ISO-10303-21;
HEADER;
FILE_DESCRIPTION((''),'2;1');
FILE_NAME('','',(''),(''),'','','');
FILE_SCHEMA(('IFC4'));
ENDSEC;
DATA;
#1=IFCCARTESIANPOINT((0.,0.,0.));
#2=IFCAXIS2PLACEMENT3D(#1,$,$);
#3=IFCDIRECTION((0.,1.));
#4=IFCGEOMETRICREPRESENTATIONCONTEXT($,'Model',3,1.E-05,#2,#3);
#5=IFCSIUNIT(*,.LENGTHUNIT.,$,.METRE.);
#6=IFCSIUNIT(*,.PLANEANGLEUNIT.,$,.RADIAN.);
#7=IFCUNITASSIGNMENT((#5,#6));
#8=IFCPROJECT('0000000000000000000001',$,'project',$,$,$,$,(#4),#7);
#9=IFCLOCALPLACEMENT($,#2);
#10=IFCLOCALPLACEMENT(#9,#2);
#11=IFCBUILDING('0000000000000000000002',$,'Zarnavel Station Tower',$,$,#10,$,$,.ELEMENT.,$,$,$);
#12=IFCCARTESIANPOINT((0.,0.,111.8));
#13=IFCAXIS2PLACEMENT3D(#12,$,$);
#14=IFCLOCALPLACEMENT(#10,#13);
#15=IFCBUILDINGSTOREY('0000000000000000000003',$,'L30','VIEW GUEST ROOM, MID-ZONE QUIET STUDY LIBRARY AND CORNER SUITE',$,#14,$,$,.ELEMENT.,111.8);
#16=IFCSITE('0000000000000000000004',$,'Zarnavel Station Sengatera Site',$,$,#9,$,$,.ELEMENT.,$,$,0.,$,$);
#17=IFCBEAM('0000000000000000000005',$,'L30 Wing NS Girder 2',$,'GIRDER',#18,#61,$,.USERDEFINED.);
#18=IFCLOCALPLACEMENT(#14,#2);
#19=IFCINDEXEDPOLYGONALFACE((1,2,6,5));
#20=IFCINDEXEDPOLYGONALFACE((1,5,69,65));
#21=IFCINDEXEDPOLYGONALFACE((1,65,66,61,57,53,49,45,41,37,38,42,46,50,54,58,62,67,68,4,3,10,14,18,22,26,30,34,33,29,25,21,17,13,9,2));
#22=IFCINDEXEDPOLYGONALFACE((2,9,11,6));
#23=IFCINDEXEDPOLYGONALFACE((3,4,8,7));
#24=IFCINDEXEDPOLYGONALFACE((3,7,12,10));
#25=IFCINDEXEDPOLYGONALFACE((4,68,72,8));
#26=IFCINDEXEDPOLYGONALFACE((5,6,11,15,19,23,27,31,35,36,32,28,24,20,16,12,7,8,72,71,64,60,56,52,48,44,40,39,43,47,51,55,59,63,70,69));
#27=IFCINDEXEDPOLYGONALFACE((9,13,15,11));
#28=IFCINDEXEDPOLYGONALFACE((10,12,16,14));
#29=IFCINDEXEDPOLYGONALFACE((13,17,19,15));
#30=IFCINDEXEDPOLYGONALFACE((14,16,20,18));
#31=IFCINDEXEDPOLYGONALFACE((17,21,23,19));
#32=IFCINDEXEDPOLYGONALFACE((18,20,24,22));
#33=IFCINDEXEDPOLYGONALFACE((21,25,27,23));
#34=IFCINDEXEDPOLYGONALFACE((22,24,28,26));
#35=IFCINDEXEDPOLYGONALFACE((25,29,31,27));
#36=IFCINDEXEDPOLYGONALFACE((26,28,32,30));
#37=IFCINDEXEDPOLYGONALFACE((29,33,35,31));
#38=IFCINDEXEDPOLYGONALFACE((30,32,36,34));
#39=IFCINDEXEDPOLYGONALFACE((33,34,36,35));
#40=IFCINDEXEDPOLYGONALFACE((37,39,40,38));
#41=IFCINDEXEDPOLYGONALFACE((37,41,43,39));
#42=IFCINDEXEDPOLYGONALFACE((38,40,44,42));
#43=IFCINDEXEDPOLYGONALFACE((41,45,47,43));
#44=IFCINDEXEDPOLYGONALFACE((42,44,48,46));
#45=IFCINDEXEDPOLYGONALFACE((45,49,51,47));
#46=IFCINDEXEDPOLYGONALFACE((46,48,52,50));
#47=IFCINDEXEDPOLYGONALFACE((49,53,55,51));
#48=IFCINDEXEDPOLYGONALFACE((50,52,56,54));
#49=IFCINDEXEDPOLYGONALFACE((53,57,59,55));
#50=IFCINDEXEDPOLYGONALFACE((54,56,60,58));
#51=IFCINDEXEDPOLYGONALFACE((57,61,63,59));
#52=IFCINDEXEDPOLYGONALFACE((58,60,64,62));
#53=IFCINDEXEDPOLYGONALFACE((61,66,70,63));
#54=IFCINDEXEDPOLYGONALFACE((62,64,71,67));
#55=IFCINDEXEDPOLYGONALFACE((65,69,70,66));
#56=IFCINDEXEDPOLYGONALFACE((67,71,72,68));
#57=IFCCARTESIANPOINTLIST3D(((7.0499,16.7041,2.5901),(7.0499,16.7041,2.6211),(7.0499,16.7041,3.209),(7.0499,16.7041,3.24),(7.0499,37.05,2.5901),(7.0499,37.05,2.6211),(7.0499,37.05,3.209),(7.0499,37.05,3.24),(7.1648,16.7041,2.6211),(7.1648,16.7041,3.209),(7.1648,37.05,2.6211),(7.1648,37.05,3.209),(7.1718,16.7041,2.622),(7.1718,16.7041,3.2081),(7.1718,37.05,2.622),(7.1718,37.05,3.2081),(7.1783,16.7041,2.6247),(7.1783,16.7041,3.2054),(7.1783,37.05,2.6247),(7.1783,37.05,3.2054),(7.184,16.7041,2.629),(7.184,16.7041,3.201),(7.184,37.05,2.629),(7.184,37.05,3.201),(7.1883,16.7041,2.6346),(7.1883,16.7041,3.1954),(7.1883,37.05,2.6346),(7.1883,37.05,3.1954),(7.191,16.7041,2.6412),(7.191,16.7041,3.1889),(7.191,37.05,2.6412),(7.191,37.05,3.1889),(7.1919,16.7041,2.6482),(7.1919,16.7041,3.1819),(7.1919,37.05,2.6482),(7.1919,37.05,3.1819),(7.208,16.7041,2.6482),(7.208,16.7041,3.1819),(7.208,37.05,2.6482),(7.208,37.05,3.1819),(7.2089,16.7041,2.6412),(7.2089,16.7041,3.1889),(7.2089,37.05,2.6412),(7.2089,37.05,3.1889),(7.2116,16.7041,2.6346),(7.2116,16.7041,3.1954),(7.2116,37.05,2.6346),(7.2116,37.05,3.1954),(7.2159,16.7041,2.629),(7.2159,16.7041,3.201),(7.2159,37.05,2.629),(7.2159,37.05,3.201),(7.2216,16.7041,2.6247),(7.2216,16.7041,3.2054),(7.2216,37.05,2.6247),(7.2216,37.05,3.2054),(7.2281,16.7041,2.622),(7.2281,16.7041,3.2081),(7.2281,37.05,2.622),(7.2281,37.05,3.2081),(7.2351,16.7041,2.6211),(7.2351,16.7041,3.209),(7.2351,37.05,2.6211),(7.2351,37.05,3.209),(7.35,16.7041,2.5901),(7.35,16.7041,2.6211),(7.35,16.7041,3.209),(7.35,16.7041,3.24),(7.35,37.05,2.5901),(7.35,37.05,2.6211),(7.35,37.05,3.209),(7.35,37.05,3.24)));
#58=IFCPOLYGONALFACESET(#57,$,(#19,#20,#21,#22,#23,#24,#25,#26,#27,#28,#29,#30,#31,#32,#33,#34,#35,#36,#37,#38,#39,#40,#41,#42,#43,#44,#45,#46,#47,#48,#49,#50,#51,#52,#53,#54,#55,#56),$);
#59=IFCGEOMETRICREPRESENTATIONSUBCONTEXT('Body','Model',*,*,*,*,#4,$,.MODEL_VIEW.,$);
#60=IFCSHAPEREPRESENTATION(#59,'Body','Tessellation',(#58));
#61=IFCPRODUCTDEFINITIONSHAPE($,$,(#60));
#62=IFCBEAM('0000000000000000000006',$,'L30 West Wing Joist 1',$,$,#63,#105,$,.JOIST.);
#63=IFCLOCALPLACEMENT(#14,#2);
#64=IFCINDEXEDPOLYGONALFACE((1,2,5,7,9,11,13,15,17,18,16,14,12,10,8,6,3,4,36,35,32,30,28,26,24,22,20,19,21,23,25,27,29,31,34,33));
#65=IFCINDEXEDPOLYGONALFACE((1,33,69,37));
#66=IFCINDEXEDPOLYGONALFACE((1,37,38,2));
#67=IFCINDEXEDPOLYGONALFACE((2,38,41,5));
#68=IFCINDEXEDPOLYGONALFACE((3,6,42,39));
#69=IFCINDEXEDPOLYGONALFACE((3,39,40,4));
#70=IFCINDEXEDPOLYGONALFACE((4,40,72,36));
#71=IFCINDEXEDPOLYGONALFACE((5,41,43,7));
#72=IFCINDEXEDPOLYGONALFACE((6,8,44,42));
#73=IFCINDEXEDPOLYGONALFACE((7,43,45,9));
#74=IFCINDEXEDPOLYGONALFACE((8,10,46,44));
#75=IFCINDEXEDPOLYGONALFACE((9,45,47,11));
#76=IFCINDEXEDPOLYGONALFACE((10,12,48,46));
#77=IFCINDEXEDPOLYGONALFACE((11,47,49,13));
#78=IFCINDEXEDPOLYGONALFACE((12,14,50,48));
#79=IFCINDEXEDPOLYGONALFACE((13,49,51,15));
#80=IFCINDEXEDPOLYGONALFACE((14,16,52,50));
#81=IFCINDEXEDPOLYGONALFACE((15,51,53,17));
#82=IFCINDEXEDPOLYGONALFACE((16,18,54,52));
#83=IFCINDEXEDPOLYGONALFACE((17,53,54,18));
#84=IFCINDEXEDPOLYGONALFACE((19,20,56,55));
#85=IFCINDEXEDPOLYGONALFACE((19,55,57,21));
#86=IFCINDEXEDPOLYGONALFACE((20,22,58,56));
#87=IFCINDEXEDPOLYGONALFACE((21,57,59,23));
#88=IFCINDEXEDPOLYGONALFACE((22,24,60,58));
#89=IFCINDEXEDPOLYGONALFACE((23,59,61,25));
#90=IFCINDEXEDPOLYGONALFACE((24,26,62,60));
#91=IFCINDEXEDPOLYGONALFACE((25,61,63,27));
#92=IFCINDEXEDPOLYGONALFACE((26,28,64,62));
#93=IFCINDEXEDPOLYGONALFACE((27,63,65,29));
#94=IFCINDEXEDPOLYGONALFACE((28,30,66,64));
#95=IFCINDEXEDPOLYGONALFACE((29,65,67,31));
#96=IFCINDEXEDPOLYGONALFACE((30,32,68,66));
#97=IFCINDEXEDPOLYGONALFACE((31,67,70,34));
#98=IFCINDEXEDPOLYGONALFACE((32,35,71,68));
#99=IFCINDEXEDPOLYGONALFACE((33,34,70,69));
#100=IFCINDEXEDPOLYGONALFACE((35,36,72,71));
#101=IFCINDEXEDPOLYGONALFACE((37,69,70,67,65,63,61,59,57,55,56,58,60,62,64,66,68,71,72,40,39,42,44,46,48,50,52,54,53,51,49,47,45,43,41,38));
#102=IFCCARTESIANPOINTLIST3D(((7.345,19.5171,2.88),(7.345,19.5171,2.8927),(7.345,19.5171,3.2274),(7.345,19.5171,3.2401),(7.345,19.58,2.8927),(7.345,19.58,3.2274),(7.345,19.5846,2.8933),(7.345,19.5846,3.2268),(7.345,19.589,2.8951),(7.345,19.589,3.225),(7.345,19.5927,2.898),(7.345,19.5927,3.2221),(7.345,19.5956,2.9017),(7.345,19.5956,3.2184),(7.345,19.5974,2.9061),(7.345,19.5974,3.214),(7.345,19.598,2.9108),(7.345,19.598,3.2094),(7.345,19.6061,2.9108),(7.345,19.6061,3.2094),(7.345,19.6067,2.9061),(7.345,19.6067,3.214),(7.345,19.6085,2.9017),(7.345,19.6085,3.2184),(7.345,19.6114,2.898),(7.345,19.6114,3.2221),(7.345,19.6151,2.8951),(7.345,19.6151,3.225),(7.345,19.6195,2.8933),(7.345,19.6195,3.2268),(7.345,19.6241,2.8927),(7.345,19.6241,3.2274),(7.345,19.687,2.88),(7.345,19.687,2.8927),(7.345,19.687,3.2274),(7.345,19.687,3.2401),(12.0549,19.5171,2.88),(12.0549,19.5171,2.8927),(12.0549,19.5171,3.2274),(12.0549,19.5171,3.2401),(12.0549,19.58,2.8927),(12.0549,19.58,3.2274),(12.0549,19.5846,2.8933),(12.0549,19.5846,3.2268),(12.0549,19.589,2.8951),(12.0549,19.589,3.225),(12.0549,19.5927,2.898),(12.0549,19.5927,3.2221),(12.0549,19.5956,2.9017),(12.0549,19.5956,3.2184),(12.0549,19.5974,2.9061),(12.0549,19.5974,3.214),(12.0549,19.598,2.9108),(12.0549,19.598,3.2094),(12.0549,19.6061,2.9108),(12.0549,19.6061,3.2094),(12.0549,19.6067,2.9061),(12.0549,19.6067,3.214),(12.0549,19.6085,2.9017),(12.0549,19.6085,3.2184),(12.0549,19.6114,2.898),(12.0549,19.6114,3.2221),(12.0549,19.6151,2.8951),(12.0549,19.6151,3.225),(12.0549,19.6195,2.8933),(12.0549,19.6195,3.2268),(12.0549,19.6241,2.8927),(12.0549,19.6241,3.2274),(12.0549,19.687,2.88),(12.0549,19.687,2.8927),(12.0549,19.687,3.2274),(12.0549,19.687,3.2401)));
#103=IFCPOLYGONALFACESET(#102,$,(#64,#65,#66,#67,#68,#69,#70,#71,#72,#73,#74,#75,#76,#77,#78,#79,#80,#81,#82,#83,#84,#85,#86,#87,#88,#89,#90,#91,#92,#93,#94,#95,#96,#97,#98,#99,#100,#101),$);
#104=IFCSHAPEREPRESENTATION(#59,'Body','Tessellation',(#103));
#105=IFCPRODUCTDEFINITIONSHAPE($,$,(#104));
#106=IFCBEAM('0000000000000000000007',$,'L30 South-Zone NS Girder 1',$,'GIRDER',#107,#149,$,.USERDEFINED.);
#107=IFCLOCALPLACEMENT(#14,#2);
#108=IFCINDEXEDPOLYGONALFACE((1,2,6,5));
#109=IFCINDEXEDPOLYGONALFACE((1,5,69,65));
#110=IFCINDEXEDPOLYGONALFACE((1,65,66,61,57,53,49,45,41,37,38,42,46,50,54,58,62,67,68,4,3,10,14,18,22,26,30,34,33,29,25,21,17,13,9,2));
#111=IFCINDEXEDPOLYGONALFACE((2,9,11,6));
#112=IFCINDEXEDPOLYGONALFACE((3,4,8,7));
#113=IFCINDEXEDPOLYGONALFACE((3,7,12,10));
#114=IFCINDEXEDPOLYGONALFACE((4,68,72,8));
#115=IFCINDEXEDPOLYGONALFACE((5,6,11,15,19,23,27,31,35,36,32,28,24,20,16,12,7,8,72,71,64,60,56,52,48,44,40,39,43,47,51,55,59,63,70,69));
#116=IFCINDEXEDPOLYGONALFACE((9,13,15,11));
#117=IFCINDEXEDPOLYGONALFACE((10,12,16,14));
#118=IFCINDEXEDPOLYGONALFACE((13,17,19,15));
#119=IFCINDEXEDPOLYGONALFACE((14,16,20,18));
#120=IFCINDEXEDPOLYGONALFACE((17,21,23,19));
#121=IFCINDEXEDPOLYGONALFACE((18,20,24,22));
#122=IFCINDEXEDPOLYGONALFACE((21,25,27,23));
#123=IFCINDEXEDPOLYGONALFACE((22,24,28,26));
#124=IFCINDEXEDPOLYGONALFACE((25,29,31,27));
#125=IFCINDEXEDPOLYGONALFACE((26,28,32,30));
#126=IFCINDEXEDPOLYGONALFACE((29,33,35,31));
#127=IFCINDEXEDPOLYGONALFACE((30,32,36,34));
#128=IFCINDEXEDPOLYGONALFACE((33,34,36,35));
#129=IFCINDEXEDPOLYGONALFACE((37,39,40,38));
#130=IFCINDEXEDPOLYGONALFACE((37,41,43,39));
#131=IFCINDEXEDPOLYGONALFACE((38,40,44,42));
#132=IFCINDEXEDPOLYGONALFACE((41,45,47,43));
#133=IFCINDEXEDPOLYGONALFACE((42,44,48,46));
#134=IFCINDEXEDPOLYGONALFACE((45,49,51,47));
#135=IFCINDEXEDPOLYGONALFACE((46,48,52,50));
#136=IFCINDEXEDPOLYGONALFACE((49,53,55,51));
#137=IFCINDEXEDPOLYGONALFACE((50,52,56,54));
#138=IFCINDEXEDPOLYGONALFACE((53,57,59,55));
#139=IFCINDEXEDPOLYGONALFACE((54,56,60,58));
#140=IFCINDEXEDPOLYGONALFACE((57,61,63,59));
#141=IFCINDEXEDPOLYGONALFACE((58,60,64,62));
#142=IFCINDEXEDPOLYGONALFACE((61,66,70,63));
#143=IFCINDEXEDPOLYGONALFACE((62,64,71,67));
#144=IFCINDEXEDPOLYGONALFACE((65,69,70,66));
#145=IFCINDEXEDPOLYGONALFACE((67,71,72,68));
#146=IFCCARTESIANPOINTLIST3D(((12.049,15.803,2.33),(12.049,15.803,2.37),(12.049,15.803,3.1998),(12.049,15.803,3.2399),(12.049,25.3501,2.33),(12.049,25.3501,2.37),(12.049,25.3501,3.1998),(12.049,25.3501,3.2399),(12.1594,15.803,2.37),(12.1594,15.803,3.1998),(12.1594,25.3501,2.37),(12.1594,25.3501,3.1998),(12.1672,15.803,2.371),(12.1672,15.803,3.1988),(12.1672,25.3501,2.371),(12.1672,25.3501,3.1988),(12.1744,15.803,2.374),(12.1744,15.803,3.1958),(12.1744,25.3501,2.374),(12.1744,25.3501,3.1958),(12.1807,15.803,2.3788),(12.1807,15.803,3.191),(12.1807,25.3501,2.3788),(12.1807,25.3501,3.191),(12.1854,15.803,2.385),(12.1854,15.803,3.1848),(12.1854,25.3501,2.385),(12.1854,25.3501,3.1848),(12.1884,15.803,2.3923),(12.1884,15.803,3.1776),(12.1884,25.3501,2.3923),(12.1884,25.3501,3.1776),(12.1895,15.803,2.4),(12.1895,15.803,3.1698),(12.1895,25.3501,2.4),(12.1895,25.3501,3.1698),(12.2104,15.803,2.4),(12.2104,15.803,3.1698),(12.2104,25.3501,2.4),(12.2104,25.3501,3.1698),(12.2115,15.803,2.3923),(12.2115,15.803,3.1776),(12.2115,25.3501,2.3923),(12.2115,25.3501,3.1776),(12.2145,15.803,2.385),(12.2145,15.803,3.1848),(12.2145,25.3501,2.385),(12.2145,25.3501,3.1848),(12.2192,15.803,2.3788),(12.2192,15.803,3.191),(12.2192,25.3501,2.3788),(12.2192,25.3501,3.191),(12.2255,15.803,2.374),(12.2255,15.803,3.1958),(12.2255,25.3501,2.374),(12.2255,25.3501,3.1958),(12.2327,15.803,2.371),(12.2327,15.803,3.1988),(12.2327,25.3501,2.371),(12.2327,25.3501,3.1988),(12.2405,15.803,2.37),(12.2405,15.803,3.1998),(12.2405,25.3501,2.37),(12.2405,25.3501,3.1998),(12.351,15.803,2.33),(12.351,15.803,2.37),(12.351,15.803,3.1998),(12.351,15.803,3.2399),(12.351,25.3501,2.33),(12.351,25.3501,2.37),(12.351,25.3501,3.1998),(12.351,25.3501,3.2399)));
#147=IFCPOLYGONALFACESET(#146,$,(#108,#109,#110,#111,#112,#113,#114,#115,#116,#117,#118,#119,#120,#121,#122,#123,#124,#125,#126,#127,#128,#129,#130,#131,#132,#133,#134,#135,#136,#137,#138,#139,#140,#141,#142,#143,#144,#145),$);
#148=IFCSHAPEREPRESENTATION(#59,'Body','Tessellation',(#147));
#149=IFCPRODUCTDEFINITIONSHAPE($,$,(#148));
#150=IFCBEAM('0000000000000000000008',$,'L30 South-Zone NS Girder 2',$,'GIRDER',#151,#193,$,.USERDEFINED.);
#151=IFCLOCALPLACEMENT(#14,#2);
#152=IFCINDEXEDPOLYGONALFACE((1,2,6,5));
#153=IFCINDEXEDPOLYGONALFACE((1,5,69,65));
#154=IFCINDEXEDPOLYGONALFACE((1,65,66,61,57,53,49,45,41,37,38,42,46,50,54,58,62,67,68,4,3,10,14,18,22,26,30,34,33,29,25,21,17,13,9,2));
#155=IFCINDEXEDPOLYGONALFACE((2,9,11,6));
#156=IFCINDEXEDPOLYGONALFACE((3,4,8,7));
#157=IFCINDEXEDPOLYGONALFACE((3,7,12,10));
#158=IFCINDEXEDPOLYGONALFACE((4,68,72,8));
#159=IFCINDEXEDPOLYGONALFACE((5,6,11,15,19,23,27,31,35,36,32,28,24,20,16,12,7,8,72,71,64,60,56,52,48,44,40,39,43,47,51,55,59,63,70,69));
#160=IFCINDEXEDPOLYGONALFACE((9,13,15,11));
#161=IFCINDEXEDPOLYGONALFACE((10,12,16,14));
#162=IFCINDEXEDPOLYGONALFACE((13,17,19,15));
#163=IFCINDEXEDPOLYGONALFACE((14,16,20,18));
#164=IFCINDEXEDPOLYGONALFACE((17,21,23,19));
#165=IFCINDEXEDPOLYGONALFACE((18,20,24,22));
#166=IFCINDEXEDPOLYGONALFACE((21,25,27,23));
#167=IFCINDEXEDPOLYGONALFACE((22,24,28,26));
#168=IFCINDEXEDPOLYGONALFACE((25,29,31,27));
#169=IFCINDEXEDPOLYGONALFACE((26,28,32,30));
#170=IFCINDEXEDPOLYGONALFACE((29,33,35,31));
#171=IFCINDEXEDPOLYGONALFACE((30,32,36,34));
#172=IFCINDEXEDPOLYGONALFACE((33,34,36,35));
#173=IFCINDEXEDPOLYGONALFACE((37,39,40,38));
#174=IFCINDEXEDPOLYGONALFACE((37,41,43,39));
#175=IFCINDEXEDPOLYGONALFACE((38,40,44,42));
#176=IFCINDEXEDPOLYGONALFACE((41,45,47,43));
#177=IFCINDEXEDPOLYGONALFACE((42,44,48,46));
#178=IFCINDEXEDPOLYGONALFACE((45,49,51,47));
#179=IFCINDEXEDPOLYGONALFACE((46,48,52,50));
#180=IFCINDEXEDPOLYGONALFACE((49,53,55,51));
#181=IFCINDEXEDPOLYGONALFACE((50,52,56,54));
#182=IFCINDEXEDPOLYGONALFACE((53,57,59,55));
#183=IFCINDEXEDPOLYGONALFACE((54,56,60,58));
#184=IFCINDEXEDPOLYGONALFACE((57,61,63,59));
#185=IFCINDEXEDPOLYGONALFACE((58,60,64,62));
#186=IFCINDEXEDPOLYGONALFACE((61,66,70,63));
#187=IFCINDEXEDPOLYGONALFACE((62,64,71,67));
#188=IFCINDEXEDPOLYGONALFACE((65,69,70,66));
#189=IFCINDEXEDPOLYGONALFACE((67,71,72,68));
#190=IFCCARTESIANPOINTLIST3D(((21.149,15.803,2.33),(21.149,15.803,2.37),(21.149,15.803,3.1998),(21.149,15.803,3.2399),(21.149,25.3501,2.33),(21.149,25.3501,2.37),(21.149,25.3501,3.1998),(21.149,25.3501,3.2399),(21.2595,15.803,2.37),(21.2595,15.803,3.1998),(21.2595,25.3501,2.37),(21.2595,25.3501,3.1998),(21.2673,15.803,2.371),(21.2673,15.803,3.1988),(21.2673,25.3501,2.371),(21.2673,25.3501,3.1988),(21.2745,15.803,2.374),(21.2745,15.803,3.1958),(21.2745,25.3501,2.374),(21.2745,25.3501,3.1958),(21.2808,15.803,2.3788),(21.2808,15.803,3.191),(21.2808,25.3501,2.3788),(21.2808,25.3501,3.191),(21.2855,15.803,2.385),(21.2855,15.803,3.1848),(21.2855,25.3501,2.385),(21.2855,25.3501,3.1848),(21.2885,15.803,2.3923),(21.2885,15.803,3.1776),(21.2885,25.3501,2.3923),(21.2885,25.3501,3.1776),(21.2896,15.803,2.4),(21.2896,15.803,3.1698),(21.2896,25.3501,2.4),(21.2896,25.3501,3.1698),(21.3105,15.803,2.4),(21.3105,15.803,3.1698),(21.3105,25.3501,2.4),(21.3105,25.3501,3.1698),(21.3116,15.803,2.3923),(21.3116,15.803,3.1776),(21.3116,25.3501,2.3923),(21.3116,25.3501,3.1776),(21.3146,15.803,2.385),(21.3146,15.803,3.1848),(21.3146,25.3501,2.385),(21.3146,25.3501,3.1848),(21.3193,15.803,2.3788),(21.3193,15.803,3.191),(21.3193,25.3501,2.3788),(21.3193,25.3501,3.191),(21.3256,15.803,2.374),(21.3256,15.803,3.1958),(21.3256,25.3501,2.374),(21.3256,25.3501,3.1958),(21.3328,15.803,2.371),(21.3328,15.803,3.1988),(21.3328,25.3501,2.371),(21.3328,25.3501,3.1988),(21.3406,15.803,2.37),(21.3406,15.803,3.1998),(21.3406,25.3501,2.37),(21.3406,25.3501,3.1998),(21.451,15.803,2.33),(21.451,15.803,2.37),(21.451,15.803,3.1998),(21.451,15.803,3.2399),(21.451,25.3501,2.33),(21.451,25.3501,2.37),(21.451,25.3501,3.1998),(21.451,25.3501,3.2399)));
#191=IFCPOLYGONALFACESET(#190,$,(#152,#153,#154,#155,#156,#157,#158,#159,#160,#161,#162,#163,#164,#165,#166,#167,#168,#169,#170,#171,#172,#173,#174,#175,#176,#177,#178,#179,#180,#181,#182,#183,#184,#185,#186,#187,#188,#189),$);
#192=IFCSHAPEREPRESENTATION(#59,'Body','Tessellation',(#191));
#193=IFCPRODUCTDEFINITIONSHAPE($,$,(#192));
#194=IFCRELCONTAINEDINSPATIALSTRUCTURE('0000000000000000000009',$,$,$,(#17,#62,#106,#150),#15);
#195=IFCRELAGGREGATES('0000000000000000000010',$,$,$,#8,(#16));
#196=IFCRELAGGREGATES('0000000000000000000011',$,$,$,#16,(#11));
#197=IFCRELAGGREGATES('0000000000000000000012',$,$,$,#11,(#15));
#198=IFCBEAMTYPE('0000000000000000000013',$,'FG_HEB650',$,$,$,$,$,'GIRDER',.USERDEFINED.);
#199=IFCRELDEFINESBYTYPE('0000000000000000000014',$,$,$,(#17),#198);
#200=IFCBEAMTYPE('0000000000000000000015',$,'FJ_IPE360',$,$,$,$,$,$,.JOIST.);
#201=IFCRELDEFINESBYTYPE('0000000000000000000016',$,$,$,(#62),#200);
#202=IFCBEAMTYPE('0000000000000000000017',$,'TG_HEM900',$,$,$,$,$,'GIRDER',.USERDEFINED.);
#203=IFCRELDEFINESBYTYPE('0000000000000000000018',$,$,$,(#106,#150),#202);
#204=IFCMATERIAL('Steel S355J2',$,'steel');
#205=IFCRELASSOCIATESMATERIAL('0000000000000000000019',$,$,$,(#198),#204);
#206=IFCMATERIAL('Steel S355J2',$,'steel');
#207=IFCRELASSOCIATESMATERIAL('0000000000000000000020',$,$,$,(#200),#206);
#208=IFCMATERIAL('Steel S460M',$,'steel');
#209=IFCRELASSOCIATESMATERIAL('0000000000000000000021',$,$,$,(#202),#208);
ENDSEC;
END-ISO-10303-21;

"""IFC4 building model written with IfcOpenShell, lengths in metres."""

from ifc_helpers import new_model, si_unit, direction, frame, origin, origin_2d, place, context, subcontext, project, spatial, i_section, extrude, material, material_profile, profile_set, type_object, element, save


model = new_model("IFC4")

# Units and contexts
model_context = context("Model", 3, precision=1e-05, world=origin(), true_north=direction((0.0, 1.0)))
body_context = subcontext(model_context, "Body", "Model", "MODEL_VIEW")
ifc_project = project(units=[si_unit("LENGTHUNIT", "METRE"), si_unit("PLANEANGLEUNIT", "RADIAN")], contexts=[model_context])

# Site, building, storey
site_placement = place(None, origin())
site = spatial("IfcSite", under=ifc_project, at=site_placement, Name="Zarnavel Station Sengatera Site", CompositionType="ELEMENT", RefElevation=0.0)
building_placement = place(site_placement, origin())
building = spatial("IfcBuilding", under=site, at=building_placement, Name="Zarnavel Station Tower", CompositionType="ELEMENT")
storey_placement = place(building_placement, frame((0.0, 0.0, 111.8)))
storey = spatial("IfcBuildingStorey", under=building, at=storey_placement, Name="L30", Description="VIEW GUEST ROOM, MID-ZONE QUIET STUDY LIBRARY AND CORNER SUITE", CompositionType="ELEMENT", Elevation=111.8)

# Beams
ifc_material_1 = material(Name="Steel S355J2", Category="steel")
ifc_material_profile_1 = material_profile(ifc_material_1, i_section(OverallWidth=0.3, OverallDepth=0.6499, WebThickness=0.0161, FlangeThickness=0.031, FilletRadius=0.0271, at=origin_2d()), Name="HEB650")
ifc_profile_set_1 = profile_set([ifc_material_profile_1], Name="Steel S355J2")
beam_type_1 = type_object("IfcBeamType", Name="FG_HEB650", ElementType="GIRDER", PredefinedType="USERDEFINED", material=ifc_profile_set_1)
beam_1_placement = place(storey_placement, frame((7.2, 16.7041, 2.915), z_axis=(0.0, 1.0, 0.0), x_axis=(-1.0, 0.0, 0.0)))
element("IfcBeam", 1, at=beam_1_placement, inside=storey, type_object=beam_type_1, Name="L30 Wing NS Girder 2", ObjectType="GIRDER", PredefinedType="USERDEFINED", context=body_context, shape_type="SweptSolid", body=[
    extrude(i_section(OverallWidth=0.3, OverallDepth=0.6499, WebThickness=0.0161, FlangeThickness=0.031, FilletRadius=0.0271, at=origin_2d()), origin(), (0.0, 0.0, 1.0), 20.3459),
])
ifc_material_2 = material(Name="Steel S355J2", Category="steel")
ifc_material_profile_2 = material_profile(ifc_material_2, i_section(OverallWidth=0.1699, OverallDepth=0.3601, WebThickness=0.0081, FlangeThickness=0.0127, FilletRadius=0.0181, at=origin_2d()), Name="IPE360")
ifc_profile_set_2 = profile_set([ifc_material_profile_2], Name="Steel S355J2")
beam_type_2 = type_object("IfcBeamType", Name="FJ_IPE360", PredefinedType="JOIST", material=ifc_profile_set_2)
beam_2_placement = place(storey_placement, frame((7.345, 19.6021, 3.0601), z_axis=(1.0, 0.0, 0.0), x_axis=(0.0, 1.0, 0.0)))
element("IfcBeam", 2, at=beam_2_placement, inside=storey, type_object=beam_type_2, Name="L30 West Wing Joist 1", PredefinedType="JOIST", context=body_context, shape_type="SweptSolid", body=[
    extrude(i_section(OverallWidth=0.1699, OverallDepth=0.3601, WebThickness=0.0081, FlangeThickness=0.0127, FilletRadius=0.0181, at=origin_2d()), origin(), (0.0, 0.0, 1.0), 4.71),
])
ifc_material_3 = material(Name="Steel S460M", Category="steel")
ifc_material_profile_3 = material_profile(ifc_material_3, i_section(OverallWidth=0.302, OverallDepth=0.9099, WebThickness=0.021, FlangeThickness=0.04, FilletRadius=0.03, at=origin_2d()), Name="HEM900")
ifc_profile_set_3 = profile_set([ifc_material_profile_3], Name="Steel S460M")
beam_type_3 = type_object("IfcBeamType", Name="TG_HEM900", ElementType="GIRDER", PredefinedType="USERDEFINED", material=ifc_profile_set_3)
for number, where, z_axis, x_axis, name in (
    (3, (12.2, 15.803, 2.7849), (0.0, 1.0, 0.0), (-1.0, 0.0, 0.0), "L30 South-Zone NS Girder 1"),
    (4, (21.3, 15.803, 2.7849), (0.0, 1.0, 0.0), (-1.0, 0.0, 0.0), "L30 South-Zone NS Girder 2"),
):
    element("IfcBeam", number, at=place(storey_placement, frame(where, z_axis=z_axis, x_axis=x_axis)), inside=storey, type_object=beam_type_3, Name=name, ObjectType="GIRDER", PredefinedType="USERDEFINED", context=body_context, shape_type="SweptSolid", body=[
        extrude(i_section(OverallWidth=0.302, OverallDepth=0.9099, WebThickness=0.021, FlangeThickness=0.04, FilletRadius=0.03, at=origin_2d()), origin(), (0.0, 0.0, 1.0), 9.5471),
    ])

save(model, "model.ifc")
